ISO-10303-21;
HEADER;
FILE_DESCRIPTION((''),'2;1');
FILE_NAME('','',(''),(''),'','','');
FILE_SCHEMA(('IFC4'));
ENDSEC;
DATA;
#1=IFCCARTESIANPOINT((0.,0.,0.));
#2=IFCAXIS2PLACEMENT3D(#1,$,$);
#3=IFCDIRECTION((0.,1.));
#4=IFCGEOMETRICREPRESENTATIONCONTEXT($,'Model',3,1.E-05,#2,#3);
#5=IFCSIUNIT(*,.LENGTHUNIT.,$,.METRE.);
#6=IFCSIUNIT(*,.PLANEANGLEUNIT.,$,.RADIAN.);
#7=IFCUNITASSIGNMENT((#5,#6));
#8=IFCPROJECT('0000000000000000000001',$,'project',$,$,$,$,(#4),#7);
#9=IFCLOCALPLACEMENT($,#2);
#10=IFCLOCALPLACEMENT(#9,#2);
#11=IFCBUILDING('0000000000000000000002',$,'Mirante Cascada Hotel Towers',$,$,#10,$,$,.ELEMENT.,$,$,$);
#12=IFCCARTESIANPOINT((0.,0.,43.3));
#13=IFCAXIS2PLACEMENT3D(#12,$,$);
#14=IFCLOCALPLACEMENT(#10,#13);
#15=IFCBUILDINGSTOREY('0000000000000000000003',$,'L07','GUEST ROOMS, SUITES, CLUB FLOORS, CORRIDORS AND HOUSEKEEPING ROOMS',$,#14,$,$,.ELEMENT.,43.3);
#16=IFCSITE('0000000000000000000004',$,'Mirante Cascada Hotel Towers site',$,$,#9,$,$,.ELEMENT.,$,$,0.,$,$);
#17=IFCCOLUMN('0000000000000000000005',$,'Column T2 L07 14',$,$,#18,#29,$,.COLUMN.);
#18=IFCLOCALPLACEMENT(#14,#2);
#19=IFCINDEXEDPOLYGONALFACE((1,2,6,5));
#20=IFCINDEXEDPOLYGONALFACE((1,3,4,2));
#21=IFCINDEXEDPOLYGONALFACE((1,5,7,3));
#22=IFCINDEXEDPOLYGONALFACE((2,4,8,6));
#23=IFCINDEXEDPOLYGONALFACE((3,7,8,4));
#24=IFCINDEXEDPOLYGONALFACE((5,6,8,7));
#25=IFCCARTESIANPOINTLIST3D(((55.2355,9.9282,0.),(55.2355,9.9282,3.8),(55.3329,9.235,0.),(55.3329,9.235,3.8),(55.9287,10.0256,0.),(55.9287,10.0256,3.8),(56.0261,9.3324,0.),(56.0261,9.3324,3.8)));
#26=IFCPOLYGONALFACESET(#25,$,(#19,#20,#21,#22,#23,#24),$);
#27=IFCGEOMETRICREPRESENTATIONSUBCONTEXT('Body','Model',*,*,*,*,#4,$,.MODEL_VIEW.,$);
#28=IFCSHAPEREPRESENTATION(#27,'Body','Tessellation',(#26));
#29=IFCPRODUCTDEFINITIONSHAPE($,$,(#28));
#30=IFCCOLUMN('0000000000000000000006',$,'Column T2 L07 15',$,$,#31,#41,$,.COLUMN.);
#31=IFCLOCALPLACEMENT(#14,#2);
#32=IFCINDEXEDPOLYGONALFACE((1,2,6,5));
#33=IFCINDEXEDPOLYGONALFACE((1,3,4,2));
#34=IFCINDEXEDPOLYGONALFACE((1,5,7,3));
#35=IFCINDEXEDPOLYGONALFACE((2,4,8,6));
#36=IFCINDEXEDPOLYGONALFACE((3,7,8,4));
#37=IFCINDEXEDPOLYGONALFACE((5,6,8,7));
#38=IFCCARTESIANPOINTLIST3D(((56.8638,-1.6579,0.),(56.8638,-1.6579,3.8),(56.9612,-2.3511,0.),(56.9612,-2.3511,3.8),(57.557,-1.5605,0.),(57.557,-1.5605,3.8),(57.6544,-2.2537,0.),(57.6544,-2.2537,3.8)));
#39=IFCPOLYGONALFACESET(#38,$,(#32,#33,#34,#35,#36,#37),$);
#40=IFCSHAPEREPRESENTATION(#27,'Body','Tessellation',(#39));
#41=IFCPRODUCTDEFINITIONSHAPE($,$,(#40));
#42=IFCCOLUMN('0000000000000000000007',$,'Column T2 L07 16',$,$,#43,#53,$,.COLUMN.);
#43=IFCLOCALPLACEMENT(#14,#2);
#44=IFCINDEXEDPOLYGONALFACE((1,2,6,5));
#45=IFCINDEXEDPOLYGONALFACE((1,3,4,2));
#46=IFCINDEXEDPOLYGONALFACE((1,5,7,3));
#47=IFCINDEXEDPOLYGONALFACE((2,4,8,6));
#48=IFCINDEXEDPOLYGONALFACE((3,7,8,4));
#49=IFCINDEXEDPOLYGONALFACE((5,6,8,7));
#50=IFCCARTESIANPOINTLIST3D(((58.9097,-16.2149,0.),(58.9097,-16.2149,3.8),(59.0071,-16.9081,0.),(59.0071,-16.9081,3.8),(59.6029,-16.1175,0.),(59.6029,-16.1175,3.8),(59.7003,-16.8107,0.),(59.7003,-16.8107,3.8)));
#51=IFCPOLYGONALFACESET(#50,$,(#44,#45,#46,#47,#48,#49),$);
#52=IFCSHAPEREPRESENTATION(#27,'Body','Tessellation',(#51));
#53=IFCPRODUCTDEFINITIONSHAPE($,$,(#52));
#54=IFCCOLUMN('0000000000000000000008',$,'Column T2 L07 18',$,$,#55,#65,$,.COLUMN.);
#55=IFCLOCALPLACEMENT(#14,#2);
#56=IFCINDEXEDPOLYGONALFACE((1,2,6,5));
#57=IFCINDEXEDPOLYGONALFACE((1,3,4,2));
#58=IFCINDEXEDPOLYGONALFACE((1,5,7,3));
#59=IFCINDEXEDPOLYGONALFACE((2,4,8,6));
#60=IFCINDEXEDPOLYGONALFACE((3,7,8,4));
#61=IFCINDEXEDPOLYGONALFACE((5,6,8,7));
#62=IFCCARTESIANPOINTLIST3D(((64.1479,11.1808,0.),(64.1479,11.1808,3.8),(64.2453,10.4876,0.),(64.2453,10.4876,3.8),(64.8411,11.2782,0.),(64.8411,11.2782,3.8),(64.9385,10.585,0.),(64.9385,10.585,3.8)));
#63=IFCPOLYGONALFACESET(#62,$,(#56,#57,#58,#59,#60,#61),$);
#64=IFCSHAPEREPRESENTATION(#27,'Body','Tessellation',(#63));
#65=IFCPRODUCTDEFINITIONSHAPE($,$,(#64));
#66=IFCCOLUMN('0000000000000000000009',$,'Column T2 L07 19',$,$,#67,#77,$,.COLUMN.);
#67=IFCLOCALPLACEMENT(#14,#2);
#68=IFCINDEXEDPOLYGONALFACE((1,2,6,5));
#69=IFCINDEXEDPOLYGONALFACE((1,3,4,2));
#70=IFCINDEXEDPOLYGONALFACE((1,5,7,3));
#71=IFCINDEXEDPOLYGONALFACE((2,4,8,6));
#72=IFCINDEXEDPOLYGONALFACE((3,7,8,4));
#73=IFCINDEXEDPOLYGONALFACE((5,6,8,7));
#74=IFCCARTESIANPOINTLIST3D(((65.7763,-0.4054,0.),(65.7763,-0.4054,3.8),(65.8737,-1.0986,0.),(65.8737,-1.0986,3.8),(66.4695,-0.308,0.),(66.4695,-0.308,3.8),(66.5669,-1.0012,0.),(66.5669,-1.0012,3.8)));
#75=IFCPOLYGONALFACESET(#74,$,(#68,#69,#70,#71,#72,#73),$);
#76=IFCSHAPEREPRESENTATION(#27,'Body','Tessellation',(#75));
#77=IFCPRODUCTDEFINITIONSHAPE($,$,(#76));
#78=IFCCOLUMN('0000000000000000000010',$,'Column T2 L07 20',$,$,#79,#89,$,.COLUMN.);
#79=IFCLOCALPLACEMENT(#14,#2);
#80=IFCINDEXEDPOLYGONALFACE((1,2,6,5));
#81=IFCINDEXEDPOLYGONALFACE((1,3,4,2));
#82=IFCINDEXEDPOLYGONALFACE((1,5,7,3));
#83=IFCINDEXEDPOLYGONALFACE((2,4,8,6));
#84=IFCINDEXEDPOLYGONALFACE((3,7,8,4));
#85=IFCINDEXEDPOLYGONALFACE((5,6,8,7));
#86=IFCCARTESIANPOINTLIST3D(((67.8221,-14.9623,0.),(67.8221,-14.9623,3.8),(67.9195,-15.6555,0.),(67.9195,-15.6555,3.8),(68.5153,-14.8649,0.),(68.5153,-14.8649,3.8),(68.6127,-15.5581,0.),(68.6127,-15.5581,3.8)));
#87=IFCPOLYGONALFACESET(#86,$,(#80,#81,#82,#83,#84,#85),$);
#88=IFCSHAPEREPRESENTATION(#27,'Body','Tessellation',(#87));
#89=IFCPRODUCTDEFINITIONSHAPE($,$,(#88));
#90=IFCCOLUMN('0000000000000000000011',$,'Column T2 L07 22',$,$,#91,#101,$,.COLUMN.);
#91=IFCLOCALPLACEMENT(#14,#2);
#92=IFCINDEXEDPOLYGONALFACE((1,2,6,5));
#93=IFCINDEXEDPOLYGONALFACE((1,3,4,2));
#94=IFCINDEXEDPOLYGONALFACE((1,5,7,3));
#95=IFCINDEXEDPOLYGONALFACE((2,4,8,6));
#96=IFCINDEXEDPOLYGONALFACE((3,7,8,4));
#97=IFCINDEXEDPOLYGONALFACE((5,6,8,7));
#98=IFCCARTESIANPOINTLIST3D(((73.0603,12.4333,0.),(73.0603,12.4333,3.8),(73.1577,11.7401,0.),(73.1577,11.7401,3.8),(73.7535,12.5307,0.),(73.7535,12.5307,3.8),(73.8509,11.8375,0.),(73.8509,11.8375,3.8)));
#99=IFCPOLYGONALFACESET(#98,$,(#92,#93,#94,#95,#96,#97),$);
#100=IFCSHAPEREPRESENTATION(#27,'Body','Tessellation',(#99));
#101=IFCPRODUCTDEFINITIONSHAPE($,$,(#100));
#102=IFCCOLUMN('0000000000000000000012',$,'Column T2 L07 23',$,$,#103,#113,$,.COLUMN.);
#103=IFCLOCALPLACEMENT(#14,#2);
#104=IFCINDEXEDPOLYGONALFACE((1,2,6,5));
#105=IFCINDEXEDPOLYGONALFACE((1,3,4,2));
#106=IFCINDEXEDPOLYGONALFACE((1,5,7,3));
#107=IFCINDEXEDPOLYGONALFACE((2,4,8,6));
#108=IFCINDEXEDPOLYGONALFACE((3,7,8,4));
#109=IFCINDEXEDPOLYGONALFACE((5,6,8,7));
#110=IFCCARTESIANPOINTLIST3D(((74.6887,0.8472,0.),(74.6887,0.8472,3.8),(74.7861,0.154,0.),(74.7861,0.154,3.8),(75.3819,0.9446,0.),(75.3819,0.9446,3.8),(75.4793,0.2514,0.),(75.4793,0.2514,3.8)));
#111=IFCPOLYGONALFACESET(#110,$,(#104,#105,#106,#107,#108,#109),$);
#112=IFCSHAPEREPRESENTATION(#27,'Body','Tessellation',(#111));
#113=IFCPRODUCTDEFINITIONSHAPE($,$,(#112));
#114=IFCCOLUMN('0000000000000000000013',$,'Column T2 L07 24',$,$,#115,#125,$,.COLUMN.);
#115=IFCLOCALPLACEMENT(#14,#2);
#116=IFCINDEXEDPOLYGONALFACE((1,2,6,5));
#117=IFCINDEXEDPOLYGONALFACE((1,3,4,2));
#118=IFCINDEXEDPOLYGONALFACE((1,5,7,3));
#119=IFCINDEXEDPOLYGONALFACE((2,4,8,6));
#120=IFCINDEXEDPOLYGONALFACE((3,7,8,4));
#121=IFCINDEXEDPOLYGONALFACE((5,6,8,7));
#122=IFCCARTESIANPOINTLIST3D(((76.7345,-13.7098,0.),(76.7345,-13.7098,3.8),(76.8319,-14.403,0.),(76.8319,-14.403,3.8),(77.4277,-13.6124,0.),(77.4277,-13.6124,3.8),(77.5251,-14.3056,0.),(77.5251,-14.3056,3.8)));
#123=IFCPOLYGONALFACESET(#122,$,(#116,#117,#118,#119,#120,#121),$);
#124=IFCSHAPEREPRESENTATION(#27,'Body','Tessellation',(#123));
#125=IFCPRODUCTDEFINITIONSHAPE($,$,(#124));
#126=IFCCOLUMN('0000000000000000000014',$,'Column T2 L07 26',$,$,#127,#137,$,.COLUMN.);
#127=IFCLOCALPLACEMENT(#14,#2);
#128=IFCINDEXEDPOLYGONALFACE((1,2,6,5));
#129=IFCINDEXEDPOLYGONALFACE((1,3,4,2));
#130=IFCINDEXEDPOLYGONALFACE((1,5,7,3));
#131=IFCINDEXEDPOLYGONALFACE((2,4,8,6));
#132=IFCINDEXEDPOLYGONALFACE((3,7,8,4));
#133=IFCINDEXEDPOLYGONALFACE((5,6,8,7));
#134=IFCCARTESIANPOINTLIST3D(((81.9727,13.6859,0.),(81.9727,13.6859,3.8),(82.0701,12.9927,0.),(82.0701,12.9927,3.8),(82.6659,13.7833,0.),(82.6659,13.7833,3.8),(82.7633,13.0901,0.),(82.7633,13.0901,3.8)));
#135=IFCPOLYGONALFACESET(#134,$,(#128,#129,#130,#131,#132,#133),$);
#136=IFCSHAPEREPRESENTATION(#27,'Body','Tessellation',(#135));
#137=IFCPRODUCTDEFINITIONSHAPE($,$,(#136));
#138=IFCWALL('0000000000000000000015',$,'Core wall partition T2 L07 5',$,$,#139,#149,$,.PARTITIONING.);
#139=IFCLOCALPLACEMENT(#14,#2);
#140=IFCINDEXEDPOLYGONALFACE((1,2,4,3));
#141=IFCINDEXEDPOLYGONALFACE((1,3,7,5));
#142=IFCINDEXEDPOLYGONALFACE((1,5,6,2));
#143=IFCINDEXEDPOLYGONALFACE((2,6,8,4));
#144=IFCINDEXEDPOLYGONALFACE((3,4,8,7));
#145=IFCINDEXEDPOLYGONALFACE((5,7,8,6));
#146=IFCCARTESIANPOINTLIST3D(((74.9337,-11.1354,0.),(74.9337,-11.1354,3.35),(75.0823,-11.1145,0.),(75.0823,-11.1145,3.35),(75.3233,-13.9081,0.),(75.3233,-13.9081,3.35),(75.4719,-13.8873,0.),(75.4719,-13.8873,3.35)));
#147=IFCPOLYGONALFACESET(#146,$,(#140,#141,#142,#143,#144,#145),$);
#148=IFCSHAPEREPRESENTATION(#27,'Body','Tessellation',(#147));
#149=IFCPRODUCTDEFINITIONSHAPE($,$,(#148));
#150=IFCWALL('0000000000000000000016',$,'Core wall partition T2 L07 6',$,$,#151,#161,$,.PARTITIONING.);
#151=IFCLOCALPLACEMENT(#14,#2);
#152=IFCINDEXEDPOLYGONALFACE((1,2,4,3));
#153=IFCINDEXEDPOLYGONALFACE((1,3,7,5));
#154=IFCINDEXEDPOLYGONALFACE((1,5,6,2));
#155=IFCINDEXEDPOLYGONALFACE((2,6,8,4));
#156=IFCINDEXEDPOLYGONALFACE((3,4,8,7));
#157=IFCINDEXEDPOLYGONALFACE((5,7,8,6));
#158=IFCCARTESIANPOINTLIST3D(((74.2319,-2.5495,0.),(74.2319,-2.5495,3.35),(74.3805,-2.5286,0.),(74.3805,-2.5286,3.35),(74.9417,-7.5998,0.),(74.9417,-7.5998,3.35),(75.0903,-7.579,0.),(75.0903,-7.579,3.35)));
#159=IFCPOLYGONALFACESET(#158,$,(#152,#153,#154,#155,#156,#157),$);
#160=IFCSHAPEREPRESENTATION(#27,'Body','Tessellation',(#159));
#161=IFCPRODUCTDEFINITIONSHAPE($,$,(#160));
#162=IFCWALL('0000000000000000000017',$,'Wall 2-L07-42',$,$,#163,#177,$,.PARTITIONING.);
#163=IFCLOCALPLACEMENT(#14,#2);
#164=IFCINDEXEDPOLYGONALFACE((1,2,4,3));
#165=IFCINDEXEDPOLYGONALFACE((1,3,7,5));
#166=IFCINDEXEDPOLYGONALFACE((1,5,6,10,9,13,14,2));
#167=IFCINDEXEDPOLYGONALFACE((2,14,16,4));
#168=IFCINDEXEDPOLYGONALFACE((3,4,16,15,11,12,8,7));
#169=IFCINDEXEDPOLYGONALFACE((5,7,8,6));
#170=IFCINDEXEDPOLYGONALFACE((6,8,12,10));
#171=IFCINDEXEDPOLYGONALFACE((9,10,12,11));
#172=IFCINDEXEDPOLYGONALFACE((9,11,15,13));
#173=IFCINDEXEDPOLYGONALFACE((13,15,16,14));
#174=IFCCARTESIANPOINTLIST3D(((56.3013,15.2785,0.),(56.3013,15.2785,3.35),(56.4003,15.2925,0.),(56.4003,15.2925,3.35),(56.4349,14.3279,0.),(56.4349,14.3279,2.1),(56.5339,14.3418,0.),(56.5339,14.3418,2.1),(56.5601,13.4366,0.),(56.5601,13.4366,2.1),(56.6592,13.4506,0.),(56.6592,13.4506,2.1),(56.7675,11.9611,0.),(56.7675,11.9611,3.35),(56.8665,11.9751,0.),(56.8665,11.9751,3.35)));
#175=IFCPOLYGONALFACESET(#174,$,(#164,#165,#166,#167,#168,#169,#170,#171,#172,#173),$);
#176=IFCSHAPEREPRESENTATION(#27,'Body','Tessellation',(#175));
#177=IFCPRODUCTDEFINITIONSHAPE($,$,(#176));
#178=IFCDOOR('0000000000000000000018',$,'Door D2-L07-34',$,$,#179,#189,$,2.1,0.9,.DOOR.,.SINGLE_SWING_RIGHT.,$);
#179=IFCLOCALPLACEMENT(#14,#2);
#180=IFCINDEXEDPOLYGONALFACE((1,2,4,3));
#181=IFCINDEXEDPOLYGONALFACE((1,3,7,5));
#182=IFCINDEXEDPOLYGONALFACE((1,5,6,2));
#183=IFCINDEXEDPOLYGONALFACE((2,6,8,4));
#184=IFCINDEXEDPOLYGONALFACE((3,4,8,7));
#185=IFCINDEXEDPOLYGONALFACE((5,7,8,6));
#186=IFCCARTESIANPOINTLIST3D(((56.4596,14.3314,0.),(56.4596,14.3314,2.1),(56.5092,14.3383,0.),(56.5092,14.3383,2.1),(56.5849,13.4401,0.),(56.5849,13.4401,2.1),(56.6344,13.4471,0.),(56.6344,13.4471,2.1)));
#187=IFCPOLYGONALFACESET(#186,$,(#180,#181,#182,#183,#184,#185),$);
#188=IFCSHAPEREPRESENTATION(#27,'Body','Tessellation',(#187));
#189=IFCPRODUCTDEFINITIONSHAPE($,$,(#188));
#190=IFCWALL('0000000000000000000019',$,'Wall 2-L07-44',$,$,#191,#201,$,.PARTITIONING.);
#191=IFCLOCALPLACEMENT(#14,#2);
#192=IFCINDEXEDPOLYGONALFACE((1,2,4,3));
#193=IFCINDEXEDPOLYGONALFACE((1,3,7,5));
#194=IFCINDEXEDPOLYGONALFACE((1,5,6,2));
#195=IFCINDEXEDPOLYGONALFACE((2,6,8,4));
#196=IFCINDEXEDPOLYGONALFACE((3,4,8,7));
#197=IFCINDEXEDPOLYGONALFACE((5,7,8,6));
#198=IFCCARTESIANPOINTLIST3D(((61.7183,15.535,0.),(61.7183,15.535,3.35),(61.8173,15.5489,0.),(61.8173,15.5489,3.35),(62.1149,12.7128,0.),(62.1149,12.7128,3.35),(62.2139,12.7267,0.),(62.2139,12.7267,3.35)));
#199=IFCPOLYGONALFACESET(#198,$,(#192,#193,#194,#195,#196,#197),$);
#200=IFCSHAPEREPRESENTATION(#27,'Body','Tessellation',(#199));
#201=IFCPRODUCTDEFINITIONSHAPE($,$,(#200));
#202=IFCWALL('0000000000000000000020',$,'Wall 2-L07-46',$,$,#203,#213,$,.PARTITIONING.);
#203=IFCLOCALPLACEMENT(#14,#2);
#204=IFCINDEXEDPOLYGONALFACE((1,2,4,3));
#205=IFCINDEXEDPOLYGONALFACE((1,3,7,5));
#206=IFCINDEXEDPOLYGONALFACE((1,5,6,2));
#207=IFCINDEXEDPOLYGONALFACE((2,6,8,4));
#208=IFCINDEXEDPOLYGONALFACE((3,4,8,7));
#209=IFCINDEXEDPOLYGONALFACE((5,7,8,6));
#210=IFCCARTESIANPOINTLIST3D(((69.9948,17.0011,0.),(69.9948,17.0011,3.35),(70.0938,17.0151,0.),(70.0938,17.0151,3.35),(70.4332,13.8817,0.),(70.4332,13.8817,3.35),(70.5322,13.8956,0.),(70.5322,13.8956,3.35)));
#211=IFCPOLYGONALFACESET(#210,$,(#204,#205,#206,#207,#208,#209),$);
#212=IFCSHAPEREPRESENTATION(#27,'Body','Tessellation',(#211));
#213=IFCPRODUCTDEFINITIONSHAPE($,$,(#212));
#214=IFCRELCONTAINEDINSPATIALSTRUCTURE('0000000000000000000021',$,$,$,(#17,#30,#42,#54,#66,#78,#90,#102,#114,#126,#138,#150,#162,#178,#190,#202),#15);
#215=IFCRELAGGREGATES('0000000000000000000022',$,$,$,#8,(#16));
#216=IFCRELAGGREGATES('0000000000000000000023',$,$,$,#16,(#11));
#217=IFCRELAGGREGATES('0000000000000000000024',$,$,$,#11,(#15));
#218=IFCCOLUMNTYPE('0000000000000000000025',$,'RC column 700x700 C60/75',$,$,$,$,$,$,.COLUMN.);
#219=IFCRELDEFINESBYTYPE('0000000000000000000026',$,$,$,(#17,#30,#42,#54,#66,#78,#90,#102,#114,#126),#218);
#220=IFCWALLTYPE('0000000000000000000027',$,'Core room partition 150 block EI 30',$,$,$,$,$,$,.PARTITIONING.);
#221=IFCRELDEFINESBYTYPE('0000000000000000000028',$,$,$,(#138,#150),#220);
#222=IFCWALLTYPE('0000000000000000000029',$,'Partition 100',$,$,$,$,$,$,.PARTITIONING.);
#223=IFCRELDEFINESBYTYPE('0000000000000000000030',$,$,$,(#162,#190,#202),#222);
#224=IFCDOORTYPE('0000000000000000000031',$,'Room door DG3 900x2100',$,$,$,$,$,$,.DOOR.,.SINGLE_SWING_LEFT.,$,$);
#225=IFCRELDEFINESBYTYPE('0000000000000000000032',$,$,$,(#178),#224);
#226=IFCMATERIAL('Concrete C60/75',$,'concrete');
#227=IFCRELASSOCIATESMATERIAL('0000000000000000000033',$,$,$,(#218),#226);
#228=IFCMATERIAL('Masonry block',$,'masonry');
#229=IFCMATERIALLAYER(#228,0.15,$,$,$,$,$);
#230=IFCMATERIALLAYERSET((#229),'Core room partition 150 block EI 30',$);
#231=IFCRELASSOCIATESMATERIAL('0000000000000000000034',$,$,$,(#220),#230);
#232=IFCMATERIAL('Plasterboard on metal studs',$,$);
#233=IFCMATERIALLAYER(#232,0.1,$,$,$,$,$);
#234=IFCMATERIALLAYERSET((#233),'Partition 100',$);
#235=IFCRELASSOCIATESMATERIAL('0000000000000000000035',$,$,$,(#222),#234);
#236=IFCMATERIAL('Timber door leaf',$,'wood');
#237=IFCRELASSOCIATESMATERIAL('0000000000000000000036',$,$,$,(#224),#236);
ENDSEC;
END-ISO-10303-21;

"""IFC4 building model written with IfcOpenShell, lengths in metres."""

from ifc_helpers import new_model, si_unit, direction, frame, frame_2d, origin, origin_2d, place, context, subcontext, project, spatial, rectangle, extrude, material, layer, layer_set, material_profile, profile_set, type_object, element, fill, save


model = new_model("IFC4")

# Units and contexts
model_context = context("Model", 3, precision=1e-05, world=origin(), true_north=direction((0.0, 1.0)))
body_context = subcontext(model_context, "Body", "Model", "MODEL_VIEW")
ifc_project = project(units=[si_unit("LENGTHUNIT", "METRE"), si_unit("PLANEANGLEUNIT", "RADIAN")], contexts=[model_context])

# Site, building, storey
site_placement = place(None, origin())
site = spatial("IfcSite", under=ifc_project, at=site_placement, Name="Mirante Cascada Hotel Towers site", CompositionType="ELEMENT", RefElevation=0.0)
building_placement = place(site_placement, origin())
building = spatial("IfcBuilding", under=site, at=building_placement, Name="Mirante Cascada Hotel Towers", CompositionType="ELEMENT")
storey_placement = place(building_placement, frame((0.0, 0.0, 43.3)))
storey = spatial("IfcBuildingStorey", under=building, at=storey_placement, Name="L07", Description="GUEST ROOMS, SUITES, CLUB FLOORS, CORRIDORS AND HOUSEKEEPING ROOMS", CompositionType="ELEMENT", Elevation=43.3)

# Columns
ifc_material_1 = material(Name="Concrete C60/75", Category="concrete")
ifc_material_profile = material_profile(ifc_material_1, rectangle(XDim=0.7, YDim=0.7, at=origin_2d()), Name="RC column 700x700 C60/75")
ifc_profile_set = profile_set([ifc_material_profile], Name="Concrete C60/75")
column_type = type_object("IfcColumnType", Name="RC column 700x700 C60/75", PredefinedType="COLUMN", material=ifc_profile_set)
for number, where, z_axis, x_axis, name in (
    (1, (55.6308, 9.6303, 0.0), (0.0, 0.0, 1.0), (0.990268, 0.139173, 0.0), "Column T2 L07 14"),
    (2, (57.2591, -1.9558, 0.0), (0.0, 0.0, 1.0), (0.990268, 0.139173, 0.0), "Column T2 L07 15"),
    (3, (59.305, -16.5128, 0.0), (0.0, 0.0, 1.0), (0.990268, 0.139173, 0.0), "Column T2 L07 16"),
    (4, (64.5432, 10.8829, 0.0), (0.0, 0.0, 1.0), (0.990268, 0.139173, 0.0), "Column T2 L07 18"),
    (5, (66.1716, -0.7033, 0.0), (0.0, 0.0, 1.0), (0.990268, 0.139173, 0.0), "Column T2 L07 19"),
    (6, (68.2174, -15.2602, 0.0), (0.0, 0.0, 1.0), (0.990268, 0.139173, 0.0), "Column T2 L07 20"),
    (7, (73.4556, 12.1354, 0.0), (0.0, 0.0, 1.0), (0.990268, 0.139173, 0.0), "Column T2 L07 22"),
    (8, (75.084, 0.5493, 0.0), (0.0, 0.0, 1.0), (0.990268, 0.139173, 0.0), "Column T2 L07 23"),
    (9, (77.1298, -14.0077, 0.0), (0.0, 0.0, 1.0), (0.990268, 0.139173, 0.0), "Column T2 L07 24"),
    (10, (82.368, 13.388, 0.0), (0.0, 0.0, 1.0), (0.990268, 0.139173, 0.0), "Column T2 L07 26"),
):
    element("IfcColumn", number, at=place(storey_placement, frame(where, z_axis=z_axis, x_axis=x_axis)), inside=storey, type_object=column_type, Name=name, PredefinedType="COLUMN", context=body_context, shape_type="SweptSolid", body=[
        extrude(rectangle(XDim=0.7, YDim=0.7, at=origin_2d()), origin(), (0.0, 0.0, 1.0), 3.8),
    ])

# Walls
ifc_material_2 = material(Name="Masonry block", Category="masonry")
ifc_layer_1 = layer(ifc_material_2, 0.15)
ifc_layer_set_1 = layer_set([ifc_layer_1], Name="Core room partition 150 block EI 30")
wall_type_1 = type_object("IfcWallType", Name="Core room partition 150 block EI 30", PredefinedType="PARTITIONING", material=ifc_layer_set_1)
wall_1_placement = place(storey_placement, frame((75.3976, -13.8977, 0.0), z_axis=(0.0, 0.0, 1.0), x_axis=(-0.139141, 0.990273, 0.0)))
element("IfcWall", 11, at=wall_1_placement, inside=storey, type_object=wall_type_1, Name="Core wall partition T2 L07 5", PredefinedType="PARTITIONING", context=body_context, shape_type="SweptSolid", body=[
    extrude(rectangle(XDim=2.8, YDim=0.15, at=frame_2d((1.4, 0.0))), origin(), (0.0, 0.0, 1.0), 3.35),
])
wall_2_placement = place(storey_placement, frame((75.016, -7.5894, 0.0), z_axis=(0.0, 0.0, 1.0), x_axis=(-0.139176, 0.990268, 0.0)))
element("IfcWall", 12, at=wall_2_placement, inside=storey, type_object=wall_type_1, Name="Core wall partition T2 L07 6", PredefinedType="PARTITIONING", context=body_context, shape_type="SweptSolid", body=[
    extrude(rectangle(XDim=5.1, YDim=0.15, at=frame_2d((2.55, 0.0))), origin(), (0.0, 0.0, 1.0), 3.35),
])

# Wall, opening, door
ifc_material_3 = material(Name="Plasterboard on metal studs")
ifc_layer_2 = layer(ifc_material_3, 0.1)
ifc_layer_set_2 = layer_set([ifc_layer_2], Name="Partition 100")
wall_type_2 = type_object("IfcWallType", Name="Partition 100", PredefinedType="PARTITIONING", material=ifc_layer_set_2)
wall_3_placement = place(storey_placement, frame((56.817, 11.9681, 0.0), z_axis=(0.0, 0.0, 1.0), x_axis=(-0.139164, 0.990269, 0.0)))
wall_3 = element("IfcWall", 13, at=wall_3_placement, inside=storey, type_object=wall_type_2, Name="Wall 2-L07-42", PredefinedType="PARTITIONING", context=body_context, shape_type="SweptSolid", body=[
    extrude(rectangle(XDim=3.35, YDim=0.1, at=frame_2d((1.675, 0.0))), origin(), (0.0, 0.0, 1.0), 3.35),
])
opening_1_placement = place(wall_3_placement, frame((1.49, 0.0, 0.0)))
opening_1 = element("IfcOpeningElement", 14, at=opening_1_placement, cuts=wall_3, PredefinedType="OPENING", context=body_context, shape_type="SweptSolid", body=[
    extrude(rectangle(XDim=0.9, YDim=2.1, at=frame_2d((0.45, 1.05))), frame((0.0, 0.05, 0.0), z_axis=(0.0, -1.0, 0.0), x_axis=(1.0, 0.0, 0.0)), (0.0, 0.0, 1.0), 0.1),
])
ifc_material_4 = material(Name="Timber door leaf", Category="wood")
door_type_1 = type_object("IfcDoorType", Name="Room door DG3 900x2100", OperationType="SINGLE_SWING_LEFT", PredefinedType="DOOR", material=ifc_material_4)
door_1_placement = place(opening_1_placement, frame((0.9, 0.0, 0.0), z_axis=(0.0, 0.0, 1.0), x_axis=(-1.0, 0.0, 0.0)))
door_1 = element("IfcDoor", 15, at=door_1_placement, inside=storey, type_object=door_type_1, Name="Door D2-L07-34", OperationType="SINGLE_SWING_RIGHT", OverallHeight=2.1, OverallWidth=0.9, PredefinedType="DOOR", context=body_context, shape_type="SweptSolid", body=[
    extrude(rectangle(XDim=0.9, YDim=2.1, at=frame_2d((0.45, 1.05))), frame((0.0, 0.025, 0.0), z_axis=(0.0, -1.0, 0.0), x_axis=(1.0, 0.0, 0.0)), (0.0, 0.0, 1.0), 0.05),
])
fill(opening_1, door_1)

# Walls
wall_4_placement = place(storey_placement, frame((62.1644, 12.7197, 0.0), z_axis=(0.0, 0.0, 1.0), x_axis=(-0.139161, 0.99027, 0.0)))
element("IfcWall", 16, at=wall_4_placement, inside=storey, type_object=wall_type_2, Name="Wall 2-L07-44", PredefinedType="PARTITIONING", context=body_context, shape_type="SweptSolid", body=[
    extrude(rectangle(XDim=2.8499, YDim=0.1, at=frame_2d((1.425, 0.0))), origin(), (0.0, 0.0, 1.0), 3.35),
])
wall_5_placement = place(storey_placement, frame((70.4827, 13.8887, 0.0), z_axis=(0.0, 0.0, 1.0), x_axis=(-0.139172, 0.990268, 0.0)))
element("IfcWall", 17, at=wall_5_placement, inside=storey, type_object=wall_type_2, Name="Wall 2-L07-46", PredefinedType="PARTITIONING", context=body_context, shape_type="SweptSolid", body=[
    extrude(rectangle(XDim=3.1501, YDim=0.1, at=frame_2d((1.575, 0.0))), origin(), (0.0, 0.0, 1.0), 3.35),
])

save(model, "model.ifc")
